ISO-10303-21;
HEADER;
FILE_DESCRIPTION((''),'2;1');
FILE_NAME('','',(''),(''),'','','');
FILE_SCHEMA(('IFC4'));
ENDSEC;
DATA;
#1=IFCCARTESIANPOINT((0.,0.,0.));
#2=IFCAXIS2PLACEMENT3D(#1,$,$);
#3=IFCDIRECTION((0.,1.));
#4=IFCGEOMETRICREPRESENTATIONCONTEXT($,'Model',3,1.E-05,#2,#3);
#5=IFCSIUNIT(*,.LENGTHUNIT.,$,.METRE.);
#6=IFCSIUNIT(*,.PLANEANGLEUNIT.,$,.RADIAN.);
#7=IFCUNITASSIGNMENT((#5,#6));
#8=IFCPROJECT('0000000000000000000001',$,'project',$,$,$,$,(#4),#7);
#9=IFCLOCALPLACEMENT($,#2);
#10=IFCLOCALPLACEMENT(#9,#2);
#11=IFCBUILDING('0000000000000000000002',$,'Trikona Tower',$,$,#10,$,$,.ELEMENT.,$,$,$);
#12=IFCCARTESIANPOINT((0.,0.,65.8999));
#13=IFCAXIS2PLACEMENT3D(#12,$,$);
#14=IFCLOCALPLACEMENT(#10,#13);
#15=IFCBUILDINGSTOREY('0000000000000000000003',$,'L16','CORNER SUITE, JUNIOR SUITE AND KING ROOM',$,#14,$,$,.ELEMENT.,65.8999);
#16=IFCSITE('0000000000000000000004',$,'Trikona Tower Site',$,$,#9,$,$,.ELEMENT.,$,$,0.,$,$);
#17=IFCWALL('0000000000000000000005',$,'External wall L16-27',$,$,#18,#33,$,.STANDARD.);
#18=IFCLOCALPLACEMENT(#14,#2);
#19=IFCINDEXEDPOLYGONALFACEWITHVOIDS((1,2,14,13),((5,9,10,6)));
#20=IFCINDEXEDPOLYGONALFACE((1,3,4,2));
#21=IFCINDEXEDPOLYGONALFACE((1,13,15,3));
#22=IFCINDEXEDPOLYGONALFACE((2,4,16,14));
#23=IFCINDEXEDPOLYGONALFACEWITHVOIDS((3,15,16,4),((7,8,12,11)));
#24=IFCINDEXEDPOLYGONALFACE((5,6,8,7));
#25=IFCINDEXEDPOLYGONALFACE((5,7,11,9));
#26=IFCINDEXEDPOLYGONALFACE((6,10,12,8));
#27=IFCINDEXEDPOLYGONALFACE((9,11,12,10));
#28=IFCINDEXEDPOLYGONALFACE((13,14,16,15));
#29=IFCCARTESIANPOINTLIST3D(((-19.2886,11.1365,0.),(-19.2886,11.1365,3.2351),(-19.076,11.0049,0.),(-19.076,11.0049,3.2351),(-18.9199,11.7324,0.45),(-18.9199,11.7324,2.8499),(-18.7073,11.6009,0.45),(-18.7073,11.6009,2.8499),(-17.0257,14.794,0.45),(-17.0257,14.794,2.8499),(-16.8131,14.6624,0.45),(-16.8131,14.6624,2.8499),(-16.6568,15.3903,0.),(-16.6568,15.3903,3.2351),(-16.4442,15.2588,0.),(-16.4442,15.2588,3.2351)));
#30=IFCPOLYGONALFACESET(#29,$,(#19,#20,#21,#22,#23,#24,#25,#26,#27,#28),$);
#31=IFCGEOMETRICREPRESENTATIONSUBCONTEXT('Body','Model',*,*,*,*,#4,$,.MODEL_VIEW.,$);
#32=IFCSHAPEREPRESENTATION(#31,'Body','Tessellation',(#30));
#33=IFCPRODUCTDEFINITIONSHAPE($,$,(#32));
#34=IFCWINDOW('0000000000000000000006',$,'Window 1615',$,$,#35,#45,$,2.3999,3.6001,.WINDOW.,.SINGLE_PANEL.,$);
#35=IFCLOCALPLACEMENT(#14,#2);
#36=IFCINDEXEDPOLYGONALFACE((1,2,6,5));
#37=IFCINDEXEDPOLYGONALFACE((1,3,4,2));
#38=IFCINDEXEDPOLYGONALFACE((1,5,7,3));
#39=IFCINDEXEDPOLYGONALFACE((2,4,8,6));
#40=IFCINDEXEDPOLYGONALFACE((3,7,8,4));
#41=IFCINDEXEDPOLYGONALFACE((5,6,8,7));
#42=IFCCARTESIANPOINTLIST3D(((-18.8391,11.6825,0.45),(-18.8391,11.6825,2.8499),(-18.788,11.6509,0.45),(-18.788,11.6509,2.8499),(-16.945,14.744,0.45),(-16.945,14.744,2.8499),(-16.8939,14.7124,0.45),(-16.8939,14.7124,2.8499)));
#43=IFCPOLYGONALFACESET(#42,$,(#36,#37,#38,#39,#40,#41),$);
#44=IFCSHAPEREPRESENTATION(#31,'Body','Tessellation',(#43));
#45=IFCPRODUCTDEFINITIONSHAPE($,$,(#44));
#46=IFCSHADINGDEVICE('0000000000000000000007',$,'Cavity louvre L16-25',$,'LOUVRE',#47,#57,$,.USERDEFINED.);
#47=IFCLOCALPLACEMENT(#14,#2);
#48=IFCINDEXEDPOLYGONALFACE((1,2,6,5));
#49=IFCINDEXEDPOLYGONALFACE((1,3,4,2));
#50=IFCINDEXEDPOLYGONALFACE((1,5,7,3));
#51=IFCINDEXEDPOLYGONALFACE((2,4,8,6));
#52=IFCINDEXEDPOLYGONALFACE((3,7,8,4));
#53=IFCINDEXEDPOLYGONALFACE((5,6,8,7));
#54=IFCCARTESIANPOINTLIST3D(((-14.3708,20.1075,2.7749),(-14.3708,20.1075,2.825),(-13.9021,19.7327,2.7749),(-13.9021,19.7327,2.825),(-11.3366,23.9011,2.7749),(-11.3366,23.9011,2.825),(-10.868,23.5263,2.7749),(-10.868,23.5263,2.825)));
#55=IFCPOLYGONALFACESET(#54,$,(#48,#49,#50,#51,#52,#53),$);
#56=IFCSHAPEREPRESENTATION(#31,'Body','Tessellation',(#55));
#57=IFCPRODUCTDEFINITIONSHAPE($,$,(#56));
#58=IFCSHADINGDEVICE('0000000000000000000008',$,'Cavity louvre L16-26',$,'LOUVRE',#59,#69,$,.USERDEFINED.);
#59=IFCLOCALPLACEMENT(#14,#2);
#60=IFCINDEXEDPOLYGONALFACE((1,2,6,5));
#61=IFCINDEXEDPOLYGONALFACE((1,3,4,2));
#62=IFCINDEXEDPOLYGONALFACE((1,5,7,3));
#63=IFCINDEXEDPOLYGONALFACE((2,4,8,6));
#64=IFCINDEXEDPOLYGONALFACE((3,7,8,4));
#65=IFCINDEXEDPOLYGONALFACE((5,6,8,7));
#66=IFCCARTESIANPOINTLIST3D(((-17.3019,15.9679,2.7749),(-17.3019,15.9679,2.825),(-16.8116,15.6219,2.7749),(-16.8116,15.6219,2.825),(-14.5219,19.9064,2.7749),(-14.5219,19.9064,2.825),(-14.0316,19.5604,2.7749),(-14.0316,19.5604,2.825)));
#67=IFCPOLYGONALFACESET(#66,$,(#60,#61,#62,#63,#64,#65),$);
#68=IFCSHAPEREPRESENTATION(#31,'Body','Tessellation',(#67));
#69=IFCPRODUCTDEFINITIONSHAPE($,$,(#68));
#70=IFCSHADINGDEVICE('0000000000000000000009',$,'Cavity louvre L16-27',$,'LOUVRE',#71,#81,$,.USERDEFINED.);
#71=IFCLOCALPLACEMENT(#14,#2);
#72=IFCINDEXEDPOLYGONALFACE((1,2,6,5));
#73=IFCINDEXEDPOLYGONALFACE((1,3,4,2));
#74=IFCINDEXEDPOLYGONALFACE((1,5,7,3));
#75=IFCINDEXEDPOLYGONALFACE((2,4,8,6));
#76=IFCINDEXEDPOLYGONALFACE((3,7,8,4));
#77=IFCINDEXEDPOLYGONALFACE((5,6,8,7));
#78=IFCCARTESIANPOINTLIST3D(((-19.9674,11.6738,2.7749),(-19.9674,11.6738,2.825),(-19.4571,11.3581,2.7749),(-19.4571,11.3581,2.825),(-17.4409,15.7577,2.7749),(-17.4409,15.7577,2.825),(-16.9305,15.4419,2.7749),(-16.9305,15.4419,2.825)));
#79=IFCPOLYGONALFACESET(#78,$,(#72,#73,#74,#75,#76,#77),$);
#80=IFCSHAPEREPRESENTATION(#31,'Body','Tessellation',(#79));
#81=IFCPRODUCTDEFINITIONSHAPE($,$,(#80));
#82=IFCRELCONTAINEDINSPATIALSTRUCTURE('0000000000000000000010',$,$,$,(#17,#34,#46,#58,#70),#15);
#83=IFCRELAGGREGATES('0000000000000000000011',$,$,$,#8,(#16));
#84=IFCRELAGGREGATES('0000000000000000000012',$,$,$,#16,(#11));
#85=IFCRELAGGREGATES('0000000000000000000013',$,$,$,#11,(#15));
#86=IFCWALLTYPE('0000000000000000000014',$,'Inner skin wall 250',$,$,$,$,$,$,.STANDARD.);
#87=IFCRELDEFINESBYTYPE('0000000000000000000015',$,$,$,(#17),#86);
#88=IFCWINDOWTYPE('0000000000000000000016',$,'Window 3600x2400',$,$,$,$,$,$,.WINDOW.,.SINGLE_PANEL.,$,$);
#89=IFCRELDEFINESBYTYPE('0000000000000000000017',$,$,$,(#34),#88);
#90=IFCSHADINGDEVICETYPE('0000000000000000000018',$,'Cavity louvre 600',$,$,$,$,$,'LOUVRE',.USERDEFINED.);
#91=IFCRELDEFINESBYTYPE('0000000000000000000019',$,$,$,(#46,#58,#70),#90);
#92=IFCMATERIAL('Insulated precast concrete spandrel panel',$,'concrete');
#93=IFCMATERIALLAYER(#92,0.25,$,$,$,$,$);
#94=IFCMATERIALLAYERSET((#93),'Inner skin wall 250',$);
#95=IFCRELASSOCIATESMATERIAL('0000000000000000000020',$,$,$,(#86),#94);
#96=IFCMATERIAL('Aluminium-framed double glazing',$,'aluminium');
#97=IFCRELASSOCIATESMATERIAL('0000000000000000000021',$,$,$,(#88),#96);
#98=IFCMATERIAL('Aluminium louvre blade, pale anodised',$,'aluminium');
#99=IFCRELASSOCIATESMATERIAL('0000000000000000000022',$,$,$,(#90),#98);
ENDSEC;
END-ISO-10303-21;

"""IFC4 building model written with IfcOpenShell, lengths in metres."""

from ifc_helpers import new_model, si_unit, direction, frame, frame_2d, origin, origin_2d, place, context, subcontext, project, spatial, rectangle, extrude, material, layer, layer_set, type_object, element, fill, save


model = new_model("IFC4")

# Units and contexts
model_context = context("Model", 3, precision=1e-05, world=origin(), true_north=direction((0.0, 1.0)))
body_context = subcontext(model_context, "Body", "Model", "MODEL_VIEW")
ifc_project = project(units=[si_unit("LENGTHUNIT", "METRE"), si_unit("PLANEANGLEUNIT", "RADIAN")], contexts=[model_context])

# Site, building, storey
site_placement = place(None, origin())
site = spatial("IfcSite", under=ifc_project, at=site_placement, Name="Trikona Tower Site", CompositionType="ELEMENT", RefElevation=0.0)
building_placement = place(site_placement, origin())
building = spatial("IfcBuilding", under=site, at=building_placement, Name="Trikona Tower", CompositionType="ELEMENT")
storey_placement = place(building_placement, frame((0.0, 0.0, 65.8999)))
storey = spatial("IfcBuildingStorey", under=building, at=storey_placement, Name="L16", Description="CORNER SUITE, JUNIOR SUITE AND KING ROOM", CompositionType="ELEMENT", Elevation=65.8999)

# Wall, opening, window
ifc_material_1 = material(Name="Insulated precast concrete spandrel panel", Category="concrete")
ifc_layer_1 = layer(ifc_material_1, 0.25)
ifc_layer_set_1 = layer_set([ifc_layer_1], Name="Inner skin wall 250")
wall_type = type_object("IfcWallType", Name="Inner skin wall 250", PredefinedType="STANDARD", material=ifc_layer_set_1)
ifc_material_2 = material(Name="Aluminium-framed double glazing", Category="aluminium")
window_type = type_object("IfcWindowType", Name="Window 3600x2400", PartitioningType="SINGLE_PANEL", PredefinedType="WINDOW", material=ifc_material_2)
wall_1_placement = place(storey_placement, frame((-16.5505, 15.3245, 0.0), z_axis=(0.0, 0.0, 1.0), x_axis=(-0.526133, -0.850402, 0.0)))
wall_1 = element("IfcWall", 1, at=wall_1_placement, inside=storey, type_object=wall_type, Name="External wall L16-27", PredefinedType="STANDARD", context=body_context, shape_type="SweptSolid", body=[
    extrude(rectangle(XDim=5.0022, YDim=0.25, at=frame_2d((2.501, 0.0))), origin(), (0.0, 0.0, 1.0), 3.2351),
])
opening_1_placement = place(wall_1_placement, frame((0.7012, 0.0, 0.45)))
opening_1 = element("IfcOpeningElement", 2, at=opening_1_placement, cuts=wall_1, PredefinedType="OPENING", context=body_context, shape_type="SweptSolid", body=[
    extrude(rectangle(XDim=3.6001, YDim=2.3999, at=frame_2d((1.8, 1.2))), frame((0.0, 0.135, 0.0), z_axis=(0.0, -1.0, 0.0), x_axis=(1.0, 0.0, 0.0)), (0.0, 0.0, 1.0), 0.27),
])
window_1_placement = place(opening_1_placement, origin())
window_1 = element("IfcWindow", 3, at=window_1_placement, inside=storey, type_object=window_type, Name="Window 1615", OverallHeight=2.3999, OverallWidth=3.6001, PartitioningType="SINGLE_PANEL", PredefinedType="WINDOW", context=body_context, shape_type="SweptSolid", body=[
    extrude(rectangle(XDim=3.6001, YDim=2.3999, at=frame_2d((1.8, 1.2))), frame((0.0, 0.03, 0.0), z_axis=(0.0, -1.0, 0.0), x_axis=(1.0, 0.0, 0.0)), (0.0, 0.0, 1.0), 0.0601),
])
fill(opening_1, window_1)

# Shading devices
ifc_material_3 = material(Name="Aluminium louvre blade, pale anodised", Category="aluminium")
shading_device_type = type_object("IfcShadingDeviceType", Name="Cavity louvre 600", ElementType="LOUVRE", PredefinedType="USERDEFINED", material=ifc_material_3)
shading_device_1_placement = place(storey_placement, frame((-12.6194, 21.8169, 2.7749), z_axis=(0.0, 0.0, 1.0), x_axis=(-0.624604, -0.780942, 0.0)))
element("IfcShadingDevice", 4, at=shading_device_1_placement, inside=storey, type_object=shading_device_type, Name="Cavity louvre L16-25", ObjectType="LOUVRE", PredefinedType="USERDEFINED", context=body_context, shape_type="SweptSolid", body=[
    extrude(rectangle(XDim=4.8577, YDim=0.6001, at=origin_2d()), origin(), (0.0, 0.0, 1.0), 0.05),
])
shading_device_2_placement = place(storey_placement, frame((-15.6667, 17.7642, 2.7749), z_axis=(0.0, 0.0, 1.0), x_axis=(-0.576662, -0.816983, 0.0)))
element("IfcShadingDevice", 5, at=shading_device_2_placement, inside=storey, type_object=shading_device_type, Name="Cavity louvre L16-26", ObjectType="LOUVRE", PredefinedType="USERDEFINED", context=body_context, shape_type="SweptSolid", body=[
    extrude(rectangle(XDim=4.8208, YDim=0.6001, at=origin_2d()), origin(), (0.0, 0.0, 1.0), 0.05),
])
shading_device_3_placement = place(storey_placement, frame((-18.449, 13.5579, 2.7749), z_axis=(0.0, 0.0, 1.0), x_axis=(-0.526119, -0.850411, 0.0)))
element("IfcShadingDevice", 6, at=shading_device_3_placement, inside=storey, type_object=shading_device_type, Name="Cavity louvre L16-27", ObjectType="LOUVRE", PredefinedType="USERDEFINED", context=body_context, shape_type="SweptSolid", body=[
    extrude(rectangle(XDim=4.8022, YDim=0.6001, at=origin_2d()), origin(), (0.0, 0.0, 1.0), 0.05),
])

save(model, "model.ifc")
